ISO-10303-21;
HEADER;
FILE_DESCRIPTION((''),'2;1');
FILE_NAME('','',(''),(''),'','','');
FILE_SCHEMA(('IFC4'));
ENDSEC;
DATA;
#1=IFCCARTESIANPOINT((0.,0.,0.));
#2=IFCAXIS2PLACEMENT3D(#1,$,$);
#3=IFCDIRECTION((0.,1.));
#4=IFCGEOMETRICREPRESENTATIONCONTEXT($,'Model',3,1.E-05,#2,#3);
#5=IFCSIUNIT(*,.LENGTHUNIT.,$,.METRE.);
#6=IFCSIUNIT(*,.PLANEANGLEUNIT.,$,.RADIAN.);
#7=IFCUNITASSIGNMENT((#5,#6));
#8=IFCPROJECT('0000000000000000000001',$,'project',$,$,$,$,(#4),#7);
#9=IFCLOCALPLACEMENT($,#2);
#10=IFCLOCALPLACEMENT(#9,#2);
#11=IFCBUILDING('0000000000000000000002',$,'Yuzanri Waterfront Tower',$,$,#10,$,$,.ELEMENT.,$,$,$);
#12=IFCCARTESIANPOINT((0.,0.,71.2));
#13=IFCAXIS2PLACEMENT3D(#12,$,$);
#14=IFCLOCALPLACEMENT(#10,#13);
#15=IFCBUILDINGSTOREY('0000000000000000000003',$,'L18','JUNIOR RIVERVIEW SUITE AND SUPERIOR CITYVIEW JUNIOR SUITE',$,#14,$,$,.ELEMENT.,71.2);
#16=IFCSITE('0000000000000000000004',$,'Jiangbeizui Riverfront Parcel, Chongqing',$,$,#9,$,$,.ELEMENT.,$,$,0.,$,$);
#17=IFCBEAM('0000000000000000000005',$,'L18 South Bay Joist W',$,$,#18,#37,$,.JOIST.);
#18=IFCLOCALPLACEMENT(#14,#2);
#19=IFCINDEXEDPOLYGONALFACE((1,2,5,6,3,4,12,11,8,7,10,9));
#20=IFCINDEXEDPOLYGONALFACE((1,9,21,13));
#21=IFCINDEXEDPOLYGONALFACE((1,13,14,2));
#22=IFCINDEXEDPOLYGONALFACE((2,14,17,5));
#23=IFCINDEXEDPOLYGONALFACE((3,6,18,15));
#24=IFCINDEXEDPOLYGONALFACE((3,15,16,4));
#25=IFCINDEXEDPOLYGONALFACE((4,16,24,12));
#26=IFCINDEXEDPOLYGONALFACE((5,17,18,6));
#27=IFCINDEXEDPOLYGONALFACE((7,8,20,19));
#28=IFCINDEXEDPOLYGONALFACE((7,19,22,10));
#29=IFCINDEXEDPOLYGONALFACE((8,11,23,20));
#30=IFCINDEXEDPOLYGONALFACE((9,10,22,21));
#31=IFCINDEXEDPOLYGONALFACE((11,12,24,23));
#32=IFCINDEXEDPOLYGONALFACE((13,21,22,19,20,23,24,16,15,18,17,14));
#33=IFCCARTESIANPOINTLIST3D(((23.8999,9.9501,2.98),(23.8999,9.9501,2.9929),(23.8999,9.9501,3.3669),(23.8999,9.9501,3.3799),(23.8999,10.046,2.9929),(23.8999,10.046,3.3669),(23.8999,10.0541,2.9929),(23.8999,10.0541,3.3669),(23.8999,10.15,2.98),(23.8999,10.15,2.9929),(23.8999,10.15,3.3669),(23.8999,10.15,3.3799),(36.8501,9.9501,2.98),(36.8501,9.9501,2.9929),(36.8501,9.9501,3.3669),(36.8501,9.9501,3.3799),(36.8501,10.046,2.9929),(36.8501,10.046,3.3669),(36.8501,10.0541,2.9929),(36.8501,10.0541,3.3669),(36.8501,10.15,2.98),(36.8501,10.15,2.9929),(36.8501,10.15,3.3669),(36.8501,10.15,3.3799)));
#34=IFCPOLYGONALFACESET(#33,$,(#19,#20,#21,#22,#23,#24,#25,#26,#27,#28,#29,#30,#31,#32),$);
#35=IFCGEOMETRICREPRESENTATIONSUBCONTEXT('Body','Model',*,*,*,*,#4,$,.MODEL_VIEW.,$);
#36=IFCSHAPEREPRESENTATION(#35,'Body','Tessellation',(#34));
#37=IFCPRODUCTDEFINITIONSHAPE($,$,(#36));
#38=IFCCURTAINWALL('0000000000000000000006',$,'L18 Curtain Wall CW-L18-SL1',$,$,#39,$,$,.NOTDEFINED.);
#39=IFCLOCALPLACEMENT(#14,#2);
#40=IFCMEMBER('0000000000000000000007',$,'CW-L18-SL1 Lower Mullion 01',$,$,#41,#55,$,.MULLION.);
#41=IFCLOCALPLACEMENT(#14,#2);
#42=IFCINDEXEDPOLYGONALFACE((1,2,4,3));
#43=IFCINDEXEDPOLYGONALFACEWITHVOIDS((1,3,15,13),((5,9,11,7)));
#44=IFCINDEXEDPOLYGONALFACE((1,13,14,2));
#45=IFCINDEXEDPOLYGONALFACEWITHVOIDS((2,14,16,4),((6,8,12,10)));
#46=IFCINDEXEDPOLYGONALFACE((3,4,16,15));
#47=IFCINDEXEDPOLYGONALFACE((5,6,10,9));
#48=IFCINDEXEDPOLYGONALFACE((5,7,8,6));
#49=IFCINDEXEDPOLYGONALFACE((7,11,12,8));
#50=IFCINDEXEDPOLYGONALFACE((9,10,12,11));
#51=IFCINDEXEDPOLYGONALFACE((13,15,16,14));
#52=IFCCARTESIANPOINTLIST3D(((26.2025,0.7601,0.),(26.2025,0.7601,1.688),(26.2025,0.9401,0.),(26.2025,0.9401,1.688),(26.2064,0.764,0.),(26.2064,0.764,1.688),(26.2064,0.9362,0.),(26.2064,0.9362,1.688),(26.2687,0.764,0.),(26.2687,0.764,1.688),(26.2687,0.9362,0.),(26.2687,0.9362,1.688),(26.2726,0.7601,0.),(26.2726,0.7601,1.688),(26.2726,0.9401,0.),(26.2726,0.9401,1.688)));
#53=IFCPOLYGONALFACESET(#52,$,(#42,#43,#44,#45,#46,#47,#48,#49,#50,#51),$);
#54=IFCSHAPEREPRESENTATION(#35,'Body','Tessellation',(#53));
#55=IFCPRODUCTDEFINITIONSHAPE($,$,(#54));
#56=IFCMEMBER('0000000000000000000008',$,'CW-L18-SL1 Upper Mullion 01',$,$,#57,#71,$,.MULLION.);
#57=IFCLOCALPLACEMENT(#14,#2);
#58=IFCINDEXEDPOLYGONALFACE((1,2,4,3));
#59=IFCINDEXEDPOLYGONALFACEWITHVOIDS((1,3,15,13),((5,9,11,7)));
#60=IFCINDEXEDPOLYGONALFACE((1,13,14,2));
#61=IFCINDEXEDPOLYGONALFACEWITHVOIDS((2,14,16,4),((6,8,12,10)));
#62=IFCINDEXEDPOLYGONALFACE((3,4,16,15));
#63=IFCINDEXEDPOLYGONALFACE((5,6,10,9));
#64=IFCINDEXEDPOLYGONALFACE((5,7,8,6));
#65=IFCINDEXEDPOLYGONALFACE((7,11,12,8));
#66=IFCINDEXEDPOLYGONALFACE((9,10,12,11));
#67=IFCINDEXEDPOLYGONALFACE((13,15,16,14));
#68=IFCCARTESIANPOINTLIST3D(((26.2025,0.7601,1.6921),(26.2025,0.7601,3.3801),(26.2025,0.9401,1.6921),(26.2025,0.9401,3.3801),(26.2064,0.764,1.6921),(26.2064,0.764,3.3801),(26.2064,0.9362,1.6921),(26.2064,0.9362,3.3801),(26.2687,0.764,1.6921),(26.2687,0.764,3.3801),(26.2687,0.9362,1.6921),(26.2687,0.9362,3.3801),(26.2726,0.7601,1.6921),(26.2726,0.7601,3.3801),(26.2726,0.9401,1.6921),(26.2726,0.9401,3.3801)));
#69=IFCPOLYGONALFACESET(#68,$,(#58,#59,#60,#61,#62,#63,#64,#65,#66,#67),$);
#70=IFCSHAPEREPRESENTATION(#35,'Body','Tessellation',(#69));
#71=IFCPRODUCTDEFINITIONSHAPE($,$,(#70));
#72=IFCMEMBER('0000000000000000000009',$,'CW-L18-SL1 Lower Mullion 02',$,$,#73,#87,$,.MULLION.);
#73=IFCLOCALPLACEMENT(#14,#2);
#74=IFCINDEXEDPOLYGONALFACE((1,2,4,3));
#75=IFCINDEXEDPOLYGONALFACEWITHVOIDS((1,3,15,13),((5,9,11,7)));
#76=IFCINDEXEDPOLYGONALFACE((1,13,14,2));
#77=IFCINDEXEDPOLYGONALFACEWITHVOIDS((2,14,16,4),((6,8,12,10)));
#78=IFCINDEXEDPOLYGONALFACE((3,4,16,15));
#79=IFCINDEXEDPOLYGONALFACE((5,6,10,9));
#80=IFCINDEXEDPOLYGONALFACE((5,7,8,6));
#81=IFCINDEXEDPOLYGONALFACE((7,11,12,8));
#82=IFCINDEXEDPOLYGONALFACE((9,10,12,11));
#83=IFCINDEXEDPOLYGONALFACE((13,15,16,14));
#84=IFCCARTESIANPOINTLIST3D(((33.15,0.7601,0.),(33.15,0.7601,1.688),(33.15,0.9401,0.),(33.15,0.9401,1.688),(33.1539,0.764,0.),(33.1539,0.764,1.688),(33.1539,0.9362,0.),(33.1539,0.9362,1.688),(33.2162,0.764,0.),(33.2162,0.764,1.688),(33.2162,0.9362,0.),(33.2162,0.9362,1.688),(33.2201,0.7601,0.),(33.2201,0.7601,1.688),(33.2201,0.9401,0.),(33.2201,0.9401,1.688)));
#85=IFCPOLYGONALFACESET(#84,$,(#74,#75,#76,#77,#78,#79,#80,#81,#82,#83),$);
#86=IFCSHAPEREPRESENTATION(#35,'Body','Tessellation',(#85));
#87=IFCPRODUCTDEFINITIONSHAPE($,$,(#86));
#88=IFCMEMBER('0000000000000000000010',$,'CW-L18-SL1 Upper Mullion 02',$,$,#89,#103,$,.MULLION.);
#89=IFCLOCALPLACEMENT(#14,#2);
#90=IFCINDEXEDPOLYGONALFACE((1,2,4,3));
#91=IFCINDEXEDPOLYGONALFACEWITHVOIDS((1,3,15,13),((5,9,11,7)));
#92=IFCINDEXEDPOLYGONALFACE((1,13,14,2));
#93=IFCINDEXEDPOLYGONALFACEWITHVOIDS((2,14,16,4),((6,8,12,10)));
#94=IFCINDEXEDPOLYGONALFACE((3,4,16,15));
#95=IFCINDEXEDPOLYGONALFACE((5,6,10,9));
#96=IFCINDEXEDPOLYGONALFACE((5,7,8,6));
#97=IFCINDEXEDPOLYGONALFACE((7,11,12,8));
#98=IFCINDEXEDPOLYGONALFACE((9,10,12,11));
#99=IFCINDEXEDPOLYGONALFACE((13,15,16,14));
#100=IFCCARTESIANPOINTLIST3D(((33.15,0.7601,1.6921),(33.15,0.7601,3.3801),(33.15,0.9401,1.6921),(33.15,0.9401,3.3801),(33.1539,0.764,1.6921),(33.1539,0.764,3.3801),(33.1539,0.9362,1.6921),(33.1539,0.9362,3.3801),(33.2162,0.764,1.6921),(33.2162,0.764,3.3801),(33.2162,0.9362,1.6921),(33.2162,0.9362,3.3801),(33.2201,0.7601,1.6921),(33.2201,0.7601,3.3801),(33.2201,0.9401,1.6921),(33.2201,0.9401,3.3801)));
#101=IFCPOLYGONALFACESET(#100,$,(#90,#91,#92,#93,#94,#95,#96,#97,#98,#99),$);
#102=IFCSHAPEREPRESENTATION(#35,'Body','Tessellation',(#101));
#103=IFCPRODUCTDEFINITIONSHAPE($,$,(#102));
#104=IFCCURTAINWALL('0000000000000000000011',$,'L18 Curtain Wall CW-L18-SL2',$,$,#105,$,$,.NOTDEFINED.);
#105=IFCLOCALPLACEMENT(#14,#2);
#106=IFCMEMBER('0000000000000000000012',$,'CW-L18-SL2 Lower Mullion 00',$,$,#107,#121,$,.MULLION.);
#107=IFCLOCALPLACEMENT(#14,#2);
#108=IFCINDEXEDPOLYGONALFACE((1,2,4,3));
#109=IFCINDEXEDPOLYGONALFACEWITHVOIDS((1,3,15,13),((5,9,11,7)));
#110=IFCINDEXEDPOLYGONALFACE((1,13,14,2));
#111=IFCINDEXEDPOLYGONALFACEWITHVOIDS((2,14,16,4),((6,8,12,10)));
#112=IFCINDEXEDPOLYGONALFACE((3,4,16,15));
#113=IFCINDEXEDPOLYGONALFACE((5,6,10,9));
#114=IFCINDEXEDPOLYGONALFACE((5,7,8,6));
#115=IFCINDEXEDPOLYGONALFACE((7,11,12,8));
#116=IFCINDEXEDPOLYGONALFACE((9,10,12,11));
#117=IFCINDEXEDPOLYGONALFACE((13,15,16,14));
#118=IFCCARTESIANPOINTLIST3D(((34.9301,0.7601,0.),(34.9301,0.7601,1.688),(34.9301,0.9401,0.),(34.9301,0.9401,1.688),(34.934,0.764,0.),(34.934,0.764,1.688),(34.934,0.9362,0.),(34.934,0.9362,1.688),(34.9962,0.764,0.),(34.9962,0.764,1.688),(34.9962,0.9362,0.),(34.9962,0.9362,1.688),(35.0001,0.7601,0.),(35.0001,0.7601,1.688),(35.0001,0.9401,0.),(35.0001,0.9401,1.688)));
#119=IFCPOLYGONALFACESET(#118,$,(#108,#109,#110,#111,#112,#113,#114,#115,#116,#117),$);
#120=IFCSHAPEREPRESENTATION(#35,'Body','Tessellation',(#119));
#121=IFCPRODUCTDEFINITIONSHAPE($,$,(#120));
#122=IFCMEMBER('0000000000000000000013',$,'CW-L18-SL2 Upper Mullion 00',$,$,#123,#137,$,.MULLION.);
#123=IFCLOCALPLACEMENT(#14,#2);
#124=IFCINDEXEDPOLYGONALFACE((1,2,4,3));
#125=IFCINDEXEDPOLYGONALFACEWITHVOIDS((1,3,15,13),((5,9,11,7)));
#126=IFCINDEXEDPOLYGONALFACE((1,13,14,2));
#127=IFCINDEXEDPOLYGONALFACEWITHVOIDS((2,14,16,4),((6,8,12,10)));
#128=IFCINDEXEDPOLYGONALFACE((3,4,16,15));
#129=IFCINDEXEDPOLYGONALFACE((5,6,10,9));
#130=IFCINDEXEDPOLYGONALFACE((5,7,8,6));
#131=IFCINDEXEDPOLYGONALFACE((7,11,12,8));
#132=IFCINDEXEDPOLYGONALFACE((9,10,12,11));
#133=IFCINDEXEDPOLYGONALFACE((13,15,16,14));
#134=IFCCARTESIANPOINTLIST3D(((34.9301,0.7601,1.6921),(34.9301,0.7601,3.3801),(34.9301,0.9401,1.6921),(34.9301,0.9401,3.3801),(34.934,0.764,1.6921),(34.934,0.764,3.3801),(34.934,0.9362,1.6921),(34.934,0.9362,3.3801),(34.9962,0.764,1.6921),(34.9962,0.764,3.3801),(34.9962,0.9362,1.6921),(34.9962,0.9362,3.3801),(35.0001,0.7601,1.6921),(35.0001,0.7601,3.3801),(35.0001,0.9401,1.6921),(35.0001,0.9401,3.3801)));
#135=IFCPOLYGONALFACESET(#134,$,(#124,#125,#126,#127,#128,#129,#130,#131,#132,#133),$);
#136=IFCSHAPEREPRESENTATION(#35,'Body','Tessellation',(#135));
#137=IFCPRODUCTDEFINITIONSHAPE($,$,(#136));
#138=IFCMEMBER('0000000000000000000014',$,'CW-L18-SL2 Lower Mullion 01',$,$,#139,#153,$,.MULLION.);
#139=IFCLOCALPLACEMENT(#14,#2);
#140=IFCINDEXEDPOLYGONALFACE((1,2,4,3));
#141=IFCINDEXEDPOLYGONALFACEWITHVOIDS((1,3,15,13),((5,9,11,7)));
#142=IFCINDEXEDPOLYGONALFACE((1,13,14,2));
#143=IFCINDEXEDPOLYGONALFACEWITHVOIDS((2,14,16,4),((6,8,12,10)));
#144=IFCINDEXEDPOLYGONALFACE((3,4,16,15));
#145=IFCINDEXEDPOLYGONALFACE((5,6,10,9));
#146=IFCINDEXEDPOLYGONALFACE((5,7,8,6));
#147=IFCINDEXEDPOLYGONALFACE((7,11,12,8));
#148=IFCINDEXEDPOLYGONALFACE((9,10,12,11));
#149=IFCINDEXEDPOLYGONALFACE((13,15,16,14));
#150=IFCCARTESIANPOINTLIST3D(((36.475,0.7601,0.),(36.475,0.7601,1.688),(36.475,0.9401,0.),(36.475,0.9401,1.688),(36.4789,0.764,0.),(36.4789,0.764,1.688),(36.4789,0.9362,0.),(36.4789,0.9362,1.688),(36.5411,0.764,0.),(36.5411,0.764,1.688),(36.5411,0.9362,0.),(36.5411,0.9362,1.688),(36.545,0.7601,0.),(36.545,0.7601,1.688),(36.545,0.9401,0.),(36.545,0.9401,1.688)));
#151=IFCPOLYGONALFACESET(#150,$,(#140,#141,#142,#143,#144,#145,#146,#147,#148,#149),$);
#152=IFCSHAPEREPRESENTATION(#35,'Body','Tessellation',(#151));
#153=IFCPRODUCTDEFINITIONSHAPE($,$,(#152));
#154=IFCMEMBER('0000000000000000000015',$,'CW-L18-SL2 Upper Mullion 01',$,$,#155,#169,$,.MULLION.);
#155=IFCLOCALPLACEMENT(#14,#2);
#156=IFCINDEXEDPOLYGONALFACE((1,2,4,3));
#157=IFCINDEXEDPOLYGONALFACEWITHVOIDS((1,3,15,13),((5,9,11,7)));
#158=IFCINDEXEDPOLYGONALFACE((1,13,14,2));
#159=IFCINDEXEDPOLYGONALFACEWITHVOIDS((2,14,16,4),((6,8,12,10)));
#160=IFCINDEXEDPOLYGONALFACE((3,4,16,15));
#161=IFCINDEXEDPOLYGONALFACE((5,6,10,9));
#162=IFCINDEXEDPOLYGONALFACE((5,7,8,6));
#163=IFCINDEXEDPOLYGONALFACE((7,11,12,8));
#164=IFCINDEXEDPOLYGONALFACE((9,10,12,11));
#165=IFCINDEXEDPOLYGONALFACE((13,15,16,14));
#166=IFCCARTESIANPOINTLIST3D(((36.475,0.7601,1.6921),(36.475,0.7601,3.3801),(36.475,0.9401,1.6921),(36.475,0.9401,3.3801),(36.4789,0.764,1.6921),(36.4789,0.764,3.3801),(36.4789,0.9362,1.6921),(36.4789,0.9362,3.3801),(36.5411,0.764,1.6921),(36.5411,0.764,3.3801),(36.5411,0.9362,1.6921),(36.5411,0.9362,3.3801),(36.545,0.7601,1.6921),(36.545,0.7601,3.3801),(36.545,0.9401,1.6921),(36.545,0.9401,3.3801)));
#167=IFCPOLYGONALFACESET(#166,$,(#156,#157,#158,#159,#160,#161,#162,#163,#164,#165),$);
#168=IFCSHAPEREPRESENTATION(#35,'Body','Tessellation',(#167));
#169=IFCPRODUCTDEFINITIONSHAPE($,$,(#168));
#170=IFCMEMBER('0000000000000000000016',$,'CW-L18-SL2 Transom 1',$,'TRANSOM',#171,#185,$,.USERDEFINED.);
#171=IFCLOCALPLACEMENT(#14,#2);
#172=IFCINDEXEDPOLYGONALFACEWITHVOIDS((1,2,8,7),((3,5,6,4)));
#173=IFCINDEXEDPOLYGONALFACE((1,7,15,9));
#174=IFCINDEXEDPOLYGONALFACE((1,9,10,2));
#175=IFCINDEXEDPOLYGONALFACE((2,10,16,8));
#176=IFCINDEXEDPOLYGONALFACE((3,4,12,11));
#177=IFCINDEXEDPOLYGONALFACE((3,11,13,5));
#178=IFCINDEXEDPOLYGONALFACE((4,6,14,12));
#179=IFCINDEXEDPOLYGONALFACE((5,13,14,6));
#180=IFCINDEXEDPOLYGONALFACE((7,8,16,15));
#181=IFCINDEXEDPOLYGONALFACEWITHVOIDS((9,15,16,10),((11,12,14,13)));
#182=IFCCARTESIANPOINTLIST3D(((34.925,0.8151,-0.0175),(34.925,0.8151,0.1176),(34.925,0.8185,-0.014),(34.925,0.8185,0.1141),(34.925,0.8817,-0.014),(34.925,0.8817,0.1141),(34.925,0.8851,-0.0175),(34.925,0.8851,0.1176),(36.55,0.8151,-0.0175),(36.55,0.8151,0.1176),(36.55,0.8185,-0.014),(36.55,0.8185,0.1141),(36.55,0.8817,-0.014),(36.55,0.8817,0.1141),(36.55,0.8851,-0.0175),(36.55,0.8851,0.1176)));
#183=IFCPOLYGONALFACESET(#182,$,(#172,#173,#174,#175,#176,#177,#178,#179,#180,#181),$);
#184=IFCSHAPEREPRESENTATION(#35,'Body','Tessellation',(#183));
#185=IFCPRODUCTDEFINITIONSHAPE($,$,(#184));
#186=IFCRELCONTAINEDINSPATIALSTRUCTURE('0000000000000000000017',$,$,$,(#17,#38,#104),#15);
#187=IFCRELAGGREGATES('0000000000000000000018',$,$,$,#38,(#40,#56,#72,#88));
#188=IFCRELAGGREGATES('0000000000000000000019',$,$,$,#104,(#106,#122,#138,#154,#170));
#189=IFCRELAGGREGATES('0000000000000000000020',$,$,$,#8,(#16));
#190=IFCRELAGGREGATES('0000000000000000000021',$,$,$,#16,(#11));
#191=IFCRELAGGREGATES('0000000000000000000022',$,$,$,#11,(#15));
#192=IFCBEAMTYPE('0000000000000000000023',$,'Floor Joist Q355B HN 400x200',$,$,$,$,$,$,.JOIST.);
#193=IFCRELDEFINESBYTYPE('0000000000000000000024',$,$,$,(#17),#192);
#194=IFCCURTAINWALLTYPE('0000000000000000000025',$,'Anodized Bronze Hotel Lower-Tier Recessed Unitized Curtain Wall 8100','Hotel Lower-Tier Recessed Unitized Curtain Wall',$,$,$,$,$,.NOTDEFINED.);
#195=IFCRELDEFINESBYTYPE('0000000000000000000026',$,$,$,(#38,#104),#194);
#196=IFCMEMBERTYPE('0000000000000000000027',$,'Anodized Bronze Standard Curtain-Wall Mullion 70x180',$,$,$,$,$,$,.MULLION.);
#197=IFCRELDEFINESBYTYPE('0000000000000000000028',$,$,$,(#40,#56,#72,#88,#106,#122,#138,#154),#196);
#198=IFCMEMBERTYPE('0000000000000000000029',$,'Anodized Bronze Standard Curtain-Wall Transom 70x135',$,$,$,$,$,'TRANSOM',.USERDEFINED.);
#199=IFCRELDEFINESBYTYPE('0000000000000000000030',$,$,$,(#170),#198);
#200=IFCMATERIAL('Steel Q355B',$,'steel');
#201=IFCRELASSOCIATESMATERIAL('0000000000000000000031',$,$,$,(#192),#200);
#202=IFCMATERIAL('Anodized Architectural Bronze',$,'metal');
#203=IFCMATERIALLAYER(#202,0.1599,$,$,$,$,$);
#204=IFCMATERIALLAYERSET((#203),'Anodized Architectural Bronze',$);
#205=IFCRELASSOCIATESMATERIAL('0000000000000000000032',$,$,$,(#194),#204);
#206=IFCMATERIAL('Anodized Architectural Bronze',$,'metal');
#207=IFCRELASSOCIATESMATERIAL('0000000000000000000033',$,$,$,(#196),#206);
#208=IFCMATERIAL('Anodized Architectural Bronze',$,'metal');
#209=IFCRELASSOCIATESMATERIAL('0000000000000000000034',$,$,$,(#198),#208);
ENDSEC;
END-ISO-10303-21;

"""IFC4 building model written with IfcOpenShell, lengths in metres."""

from ifc_helpers import new_model, si_unit, direction, frame, origin, origin_2d, place, context, subcontext, project, spatial, hollow_rectangle, i_section, extrude, source, transform, mapped, material, layer, layer_set, material_profile, profile_set, type_object, element, aggregate, save


model = new_model("IFC4")

# Units and contexts
model_context = context("Model", 3, precision=1e-05, world=origin(), true_north=direction((0.0, 1.0)))
body_context = subcontext(model_context, "Body", "Model", "MODEL_VIEW")
ifc_project = project(units=[si_unit("LENGTHUNIT", "METRE"), si_unit("PLANEANGLEUNIT", "RADIAN")], contexts=[model_context])

# Site, building, storey
site_placement = place(None, origin())
site = spatial("IfcSite", under=ifc_project, at=site_placement, Name="Jiangbeizui Riverfront Parcel, Chongqing", CompositionType="ELEMENT", RefElevation=0.0)
building_placement = place(site_placement, origin())
building = spatial("IfcBuilding", under=site, at=building_placement, Name="Yuzanri Waterfront Tower", CompositionType="ELEMENT")
storey_placement = place(building_placement, frame((0.0, 0.0, 71.2)))
storey = spatial("IfcBuildingStorey", under=building, at=storey_placement, Name="L18", Description="JUNIOR RIVERVIEW SUITE AND SUPERIOR CITYVIEW JUNIOR SUITE", CompositionType="ELEMENT", Elevation=71.2)

# Beam
ifc_material_1 = material(Name="Steel Q355B", Category="steel")
ifc_material_profile_1 = material_profile(ifc_material_1, i_section(OverallWidth=0.2, OverallDepth=0.3999, WebThickness=0.0081, FlangeThickness=0.0129, at=origin_2d()), Name="HN 400x200x8x13")
ifc_profile_set_1 = profile_set([ifc_material_profile_1], Name="Steel Q355B")
beam_type = type_object("IfcBeamType", Name="Floor Joist Q355B HN 400x200", PredefinedType="JOIST", material=ifc_profile_set_1)
shared_shape_1 = source(origin(), body_context, "Body", "SweptSolid", [
    extrude(i_section(OverallWidth=0.2, OverallDepth=0.3999, WebThickness=0.0081, FlangeThickness=0.0129, at=origin_2d()), origin(), (0.0, 0.0, 1.0), 12.9502),
])
beam_placement = place(storey_placement, frame((23.8999, 10.05, 3.1799), z_axis=(1.0, 0.0, 0.0), x_axis=(0.0, 1.0, 0.0)))
element("IfcBeam", 1, at=beam_placement, inside=storey, type_object=beam_type, Name="L18 South Bay Joist W", PredefinedType="JOIST", context=body_context, shape_type="MappedRepresentation", body=[
    mapped(shared_shape_1, transform((0.0, 0.0, 0.0), scale=1.0)),
])

# Curtain walls, members
ifc_material_2 = material(Name="Anodized Architectural Bronze", Category="metal")
ifc_layer_1 = layer(ifc_material_2, 0.1599)
ifc_layer_set_1 = layer_set([ifc_layer_1], Name="Anodized Architectural Bronze")
curtain_wall_type = type_object("IfcCurtainWallType", Name="Anodized Bronze Hotel Lower-Tier Recessed Unitized Curtain Wall 8100", Description="Hotel Lower-Tier Recessed Unitized Curtain Wall", PredefinedType="NOTDEFINED", material=ifc_layer_set_1)
curtain_wall_1_placement = place(storey_placement, origin())
curtain_wall_1 = element("IfcCurtainWall", 2, at=curtain_wall_1_placement, inside=storey, type_object=curtain_wall_type, Name="L18 Curtain Wall CW-L18-SL1", PredefinedType="NOTDEFINED")
ifc_material_3 = material(Name="Anodized Architectural Bronze", Category="metal")
ifc_material_profile_2 = material_profile(ifc_material_3, hollow_rectangle(XDim=0.0701, YDim=0.1799, WallThickness=0.0039, at=origin_2d()), Name="CWM 70x180")
ifc_profile_set_2 = profile_set([ifc_material_profile_2], Name="Anodized Architectural Bronze")
member_type_1 = type_object("IfcMemberType", Name="Anodized Bronze Standard Curtain-Wall Mullion 70x180", PredefinedType="MULLION", material=ifc_profile_set_2)
shared_shape_2 = source(origin(), body_context, "Body", "SweptSolid", [
    extrude(hollow_rectangle(XDim=0.0701, YDim=0.1799, WallThickness=0.0039, at=origin_2d()), origin(), (0.0, 0.0, 1.0), 1.688),
])
member_1_placement = place(storey_placement, frame((26.2375, 0.8501, 0.0), z_axis=(0.0, 0.0, 1.0), x_axis=(1.0, 0.0, 0.0)))
member_1 = element("IfcMember", 3, at=member_1_placement, type_object=member_type_1, Name="CW-L18-SL1 Lower Mullion 01", PredefinedType="MULLION", context=body_context, shape_type="MappedRepresentation", body=[
    mapped(shared_shape_2, transform((0.0, 0.0, 0.0), scale=1.0)),
])
member_2_placement = place(storey_placement, frame((26.2375, 0.8501, 1.6921), z_axis=(0.0, 0.0, 1.0), x_axis=(1.0, 0.0, 0.0)))
member_2 = element("IfcMember", 4, at=member_2_placement, type_object=member_type_1, Name="CW-L18-SL1 Upper Mullion 01", PredefinedType="MULLION", context=body_context, shape_type="MappedRepresentation", body=[
    mapped(shared_shape_2, transform((0.0, 0.0, 0.0), scale=1.0)),
])
member_3_placement = place(storey_placement, frame((33.1851, 0.8501, 0.0), z_axis=(0.0, 0.0, 1.0), x_axis=(1.0, 0.0, 0.0)))
member_3 = element("IfcMember", 5, at=member_3_placement, type_object=member_type_1, Name="CW-L18-SL1 Lower Mullion 02", PredefinedType="MULLION", context=body_context, shape_type="MappedRepresentation", body=[
    mapped(shared_shape_2, transform((0.0, 0.0, 0.0), scale=1.0)),
])
member_4_placement = place(storey_placement, frame((33.1851, 0.8501, 1.6921), z_axis=(0.0, 0.0, 1.0), x_axis=(1.0, 0.0, 0.0)))
member_4 = element("IfcMember", 6, at=member_4_placement, type_object=member_type_1, Name="CW-L18-SL1 Upper Mullion 02", PredefinedType="MULLION", context=body_context, shape_type="MappedRepresentation", body=[
    mapped(shared_shape_2, transform((0.0, 0.0, 0.0), scale=1.0)),
])
curtain_wall_2_placement = place(storey_placement, origin())
curtain_wall_2 = element("IfcCurtainWall", 7, at=curtain_wall_2_placement, inside=storey, type_object=curtain_wall_type, Name="L18 Curtain Wall CW-L18-SL2", PredefinedType="NOTDEFINED")
member_5_placement = place(storey_placement, frame((34.9651, 0.8501, 0.0), z_axis=(0.0, 0.0, 1.0), x_axis=(1.0, 0.0, 0.0)))
member_5 = element("IfcMember", 8, at=member_5_placement, type_object=member_type_1, Name="CW-L18-SL2 Lower Mullion 00", PredefinedType="MULLION", context=body_context, shape_type="MappedRepresentation", body=[
    mapped(shared_shape_2, transform((0.0, 0.0, 0.0), scale=1.0)),
])
member_6_placement = place(storey_placement, frame((34.9651, 0.8501, 1.6921), z_axis=(0.0, 0.0, 1.0), x_axis=(1.0, 0.0, 0.0)))
member_6 = element("IfcMember", 9, at=member_6_placement, type_object=member_type_1, Name="CW-L18-SL2 Upper Mullion 00", PredefinedType="MULLION", context=body_context, shape_type="MappedRepresentation", body=[
    mapped(shared_shape_2, transform((0.0, 0.0, 0.0), scale=1.0)),
])
member_7_placement = place(storey_placement, frame((36.51, 0.8501, 0.0), z_axis=(0.0, 0.0, 1.0), x_axis=(1.0, 0.0, 0.0)))
member_7 = element("IfcMember", 10, at=member_7_placement, type_object=member_type_1, Name="CW-L18-SL2 Lower Mullion 01", PredefinedType="MULLION", context=body_context, shape_type="MappedRepresentation", body=[
    mapped(shared_shape_2, transform((0.0, 0.0, 0.0), scale=1.0)),
])
member_8_placement = place(storey_placement, frame((36.51, 0.8501, 1.6921), z_axis=(0.0, 0.0, 1.0), x_axis=(1.0, 0.0, 0.0)))
member_8 = element("IfcMember", 11, at=member_8_placement, type_object=member_type_1, Name="CW-L18-SL2 Upper Mullion 01", PredefinedType="MULLION", context=body_context, shape_type="MappedRepresentation", body=[
    mapped(shared_shape_2, transform((0.0, 0.0, 0.0), scale=1.0)),
])
ifc_material_4 = material(Name="Anodized Architectural Bronze", Category="metal")
ifc_material_profile_3 = material_profile(ifc_material_4, hollow_rectangle(XDim=0.0701, YDim=0.135, WallThickness=0.0034, at=origin_2d()), Name="CWT 70x135")
ifc_profile_set_3 = profile_set([ifc_material_profile_3], Name="Anodized Architectural Bronze")
member_type_2 = type_object("IfcMemberType", Name="Anodized Bronze Standard Curtain-Wall Transom 70x135", ElementType="TRANSOM", PredefinedType="USERDEFINED", material=ifc_profile_set_3)
shared_shape_3 = source(origin(), body_context, "Body", "SweptSolid", [
    extrude(hollow_rectangle(XDim=0.0701, YDim=0.135, WallThickness=0.0034, at=origin_2d()), origin(), (0.0, 0.0, 1.0), 1.625),
])
member_9_placement = place(storey_placement, frame((34.925, 0.8501, 0.05), z_axis=(1.0, 0.0, 0.0), x_axis=(0.0, 1.0, 0.0)))
member_9 = element("IfcMember", 12, at=member_9_placement, type_object=member_type_2, Name="CW-L18-SL2 Transom 1", ObjectType="TRANSOM", PredefinedType="USERDEFINED", context=body_context, shape_type="MappedRepresentation", body=[
    mapped(shared_shape_3, transform((0.0, 0.0, 0.0), scale=1.0)),
])

aggregate(curtain_wall_1, [member_1, member_2, member_3, member_4])
aggregate(curtain_wall_2, [member_5, member_6, member_7, member_8, member_9])

save(model, "model.ifc")
